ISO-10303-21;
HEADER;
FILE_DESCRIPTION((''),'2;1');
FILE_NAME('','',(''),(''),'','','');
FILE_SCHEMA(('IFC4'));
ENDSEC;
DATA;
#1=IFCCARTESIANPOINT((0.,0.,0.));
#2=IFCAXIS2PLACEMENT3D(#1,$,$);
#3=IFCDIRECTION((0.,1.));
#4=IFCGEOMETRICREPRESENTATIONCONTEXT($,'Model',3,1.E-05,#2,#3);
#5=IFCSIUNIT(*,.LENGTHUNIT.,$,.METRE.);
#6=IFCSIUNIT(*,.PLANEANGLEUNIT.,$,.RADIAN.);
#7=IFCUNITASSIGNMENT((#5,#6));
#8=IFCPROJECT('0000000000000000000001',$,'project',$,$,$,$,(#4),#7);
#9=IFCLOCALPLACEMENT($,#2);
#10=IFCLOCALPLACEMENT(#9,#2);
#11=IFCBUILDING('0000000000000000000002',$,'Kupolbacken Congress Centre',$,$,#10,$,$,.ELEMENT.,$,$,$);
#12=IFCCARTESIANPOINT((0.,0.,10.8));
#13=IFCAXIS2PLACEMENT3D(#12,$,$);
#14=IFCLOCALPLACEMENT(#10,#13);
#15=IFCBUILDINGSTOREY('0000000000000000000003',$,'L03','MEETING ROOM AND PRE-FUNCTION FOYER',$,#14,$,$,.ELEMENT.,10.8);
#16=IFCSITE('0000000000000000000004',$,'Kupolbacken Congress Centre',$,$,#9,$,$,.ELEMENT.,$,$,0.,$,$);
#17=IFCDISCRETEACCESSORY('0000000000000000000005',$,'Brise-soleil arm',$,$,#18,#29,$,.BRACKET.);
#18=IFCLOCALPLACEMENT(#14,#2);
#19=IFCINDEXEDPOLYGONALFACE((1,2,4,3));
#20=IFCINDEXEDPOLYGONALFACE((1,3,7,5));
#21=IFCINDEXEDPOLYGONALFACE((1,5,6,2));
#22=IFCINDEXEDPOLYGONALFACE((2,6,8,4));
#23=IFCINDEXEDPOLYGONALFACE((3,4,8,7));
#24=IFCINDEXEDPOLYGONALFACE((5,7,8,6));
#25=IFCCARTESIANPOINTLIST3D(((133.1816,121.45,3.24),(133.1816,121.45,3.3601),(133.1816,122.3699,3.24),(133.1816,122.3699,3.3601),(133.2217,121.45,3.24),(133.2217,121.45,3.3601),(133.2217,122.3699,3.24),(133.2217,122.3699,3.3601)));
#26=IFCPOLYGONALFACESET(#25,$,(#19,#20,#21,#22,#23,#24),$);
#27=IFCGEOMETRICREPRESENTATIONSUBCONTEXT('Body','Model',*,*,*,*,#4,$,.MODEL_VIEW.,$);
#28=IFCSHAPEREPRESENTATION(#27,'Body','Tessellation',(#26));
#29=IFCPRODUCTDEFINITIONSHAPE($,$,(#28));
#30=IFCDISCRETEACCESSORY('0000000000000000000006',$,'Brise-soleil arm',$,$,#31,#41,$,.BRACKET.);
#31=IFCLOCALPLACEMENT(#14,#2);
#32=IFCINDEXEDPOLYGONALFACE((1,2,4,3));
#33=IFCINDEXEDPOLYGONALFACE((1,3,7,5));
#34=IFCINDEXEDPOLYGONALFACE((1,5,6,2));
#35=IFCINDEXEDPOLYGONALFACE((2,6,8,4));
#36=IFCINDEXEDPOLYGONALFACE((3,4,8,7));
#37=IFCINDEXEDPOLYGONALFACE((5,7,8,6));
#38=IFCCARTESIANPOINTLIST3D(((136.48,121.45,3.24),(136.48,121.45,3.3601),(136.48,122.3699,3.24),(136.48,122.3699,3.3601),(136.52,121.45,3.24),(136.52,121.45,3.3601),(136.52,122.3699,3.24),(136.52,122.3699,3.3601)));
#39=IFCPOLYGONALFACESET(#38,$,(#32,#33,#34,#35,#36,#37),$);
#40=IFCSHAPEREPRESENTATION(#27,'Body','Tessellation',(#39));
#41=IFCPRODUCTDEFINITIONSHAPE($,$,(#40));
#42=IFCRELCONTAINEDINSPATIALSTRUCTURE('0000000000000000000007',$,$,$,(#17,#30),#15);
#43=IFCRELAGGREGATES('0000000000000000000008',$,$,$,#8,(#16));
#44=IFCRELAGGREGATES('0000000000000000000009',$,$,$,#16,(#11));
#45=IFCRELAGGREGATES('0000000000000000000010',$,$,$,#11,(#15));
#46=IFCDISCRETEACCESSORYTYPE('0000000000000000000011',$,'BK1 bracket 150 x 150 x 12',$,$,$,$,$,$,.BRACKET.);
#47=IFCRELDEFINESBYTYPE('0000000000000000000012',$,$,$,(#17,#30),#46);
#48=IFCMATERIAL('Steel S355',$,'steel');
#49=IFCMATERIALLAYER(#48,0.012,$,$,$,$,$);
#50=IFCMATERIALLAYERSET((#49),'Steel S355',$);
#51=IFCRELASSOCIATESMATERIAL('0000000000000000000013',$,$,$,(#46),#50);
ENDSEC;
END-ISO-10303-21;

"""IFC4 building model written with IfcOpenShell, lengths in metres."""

from ifc_helpers import new_model, si_unit, direction, frame, origin, origin_2d, place, context, subcontext, project, spatial, rectangle, extrude, material, layer, layer_set, type_object, element, save


model = new_model("IFC4")

# Units and contexts
model_context = context("Model", 3, precision=1e-05, world=origin(), true_north=direction((0.0, 1.0)))
body_context = subcontext(model_context, "Body", "Model", "MODEL_VIEW")
ifc_project = project(units=[si_unit("LENGTHUNIT", "METRE"), si_unit("PLANEANGLEUNIT", "RADIAN")], contexts=[model_context])

# Site, building, storey
site_placement = place(None, origin())
site = spatial("IfcSite", under=ifc_project, at=site_placement, Name="Kupolbacken Congress Centre", CompositionType="ELEMENT", RefElevation=0.0)
building_placement = place(site_placement, origin())
building = spatial("IfcBuilding", under=site, at=building_placement, Name="Kupolbacken Congress Centre", CompositionType="ELEMENT")
storey_placement = place(building_placement, frame((0.0, 0.0, 10.8)))
storey = spatial("IfcBuildingStorey", under=building, at=storey_placement, Name="L03", Description="MEETING ROOM AND PRE-FUNCTION FOYER", CompositionType="ELEMENT", Elevation=10.8)

# Discrete accessories
ifc_material_1 = material(Name="Steel S355", Category="steel")
ifc_layer_1 = layer(ifc_material_1, 0.012)
ifc_layer_set_1 = layer_set([ifc_layer_1], Name="Steel S355")
discrete_accessory_type = type_object("IfcDiscreteAccessoryType", Name="BK1 bracket 150 x 150 x 12", PredefinedType="BRACKET", material=ifc_layer_set_1)
for number, where, z_axis, x_axis, name in (
    (1, (133.2017, 121.9099, 3.24), (0.0, 0.0, 1.0), (1.0, 0.0, 0.0), "Brise-soleil arm"),
    (2, (136.5, 121.9099, 3.24), (0.0, 0.0, 1.0), (1.0, 0.0, 0.0), "Brise-soleil arm"),
):
    element("IfcDiscreteAccessory", number, at=place(storey_placement, frame(where, z_axis=z_axis, x_axis=x_axis)), inside=storey, type_object=discrete_accessory_type, Name=name, PredefinedType="BRACKET", context=body_context, shape_type="SweptSolid", body=[
        extrude(rectangle(XDim=0.04, YDim=0.9199, at=origin_2d()), origin(), (0.0, 0.0, 1.0), 0.1201),
    ])

save(model, "model.ifc")
